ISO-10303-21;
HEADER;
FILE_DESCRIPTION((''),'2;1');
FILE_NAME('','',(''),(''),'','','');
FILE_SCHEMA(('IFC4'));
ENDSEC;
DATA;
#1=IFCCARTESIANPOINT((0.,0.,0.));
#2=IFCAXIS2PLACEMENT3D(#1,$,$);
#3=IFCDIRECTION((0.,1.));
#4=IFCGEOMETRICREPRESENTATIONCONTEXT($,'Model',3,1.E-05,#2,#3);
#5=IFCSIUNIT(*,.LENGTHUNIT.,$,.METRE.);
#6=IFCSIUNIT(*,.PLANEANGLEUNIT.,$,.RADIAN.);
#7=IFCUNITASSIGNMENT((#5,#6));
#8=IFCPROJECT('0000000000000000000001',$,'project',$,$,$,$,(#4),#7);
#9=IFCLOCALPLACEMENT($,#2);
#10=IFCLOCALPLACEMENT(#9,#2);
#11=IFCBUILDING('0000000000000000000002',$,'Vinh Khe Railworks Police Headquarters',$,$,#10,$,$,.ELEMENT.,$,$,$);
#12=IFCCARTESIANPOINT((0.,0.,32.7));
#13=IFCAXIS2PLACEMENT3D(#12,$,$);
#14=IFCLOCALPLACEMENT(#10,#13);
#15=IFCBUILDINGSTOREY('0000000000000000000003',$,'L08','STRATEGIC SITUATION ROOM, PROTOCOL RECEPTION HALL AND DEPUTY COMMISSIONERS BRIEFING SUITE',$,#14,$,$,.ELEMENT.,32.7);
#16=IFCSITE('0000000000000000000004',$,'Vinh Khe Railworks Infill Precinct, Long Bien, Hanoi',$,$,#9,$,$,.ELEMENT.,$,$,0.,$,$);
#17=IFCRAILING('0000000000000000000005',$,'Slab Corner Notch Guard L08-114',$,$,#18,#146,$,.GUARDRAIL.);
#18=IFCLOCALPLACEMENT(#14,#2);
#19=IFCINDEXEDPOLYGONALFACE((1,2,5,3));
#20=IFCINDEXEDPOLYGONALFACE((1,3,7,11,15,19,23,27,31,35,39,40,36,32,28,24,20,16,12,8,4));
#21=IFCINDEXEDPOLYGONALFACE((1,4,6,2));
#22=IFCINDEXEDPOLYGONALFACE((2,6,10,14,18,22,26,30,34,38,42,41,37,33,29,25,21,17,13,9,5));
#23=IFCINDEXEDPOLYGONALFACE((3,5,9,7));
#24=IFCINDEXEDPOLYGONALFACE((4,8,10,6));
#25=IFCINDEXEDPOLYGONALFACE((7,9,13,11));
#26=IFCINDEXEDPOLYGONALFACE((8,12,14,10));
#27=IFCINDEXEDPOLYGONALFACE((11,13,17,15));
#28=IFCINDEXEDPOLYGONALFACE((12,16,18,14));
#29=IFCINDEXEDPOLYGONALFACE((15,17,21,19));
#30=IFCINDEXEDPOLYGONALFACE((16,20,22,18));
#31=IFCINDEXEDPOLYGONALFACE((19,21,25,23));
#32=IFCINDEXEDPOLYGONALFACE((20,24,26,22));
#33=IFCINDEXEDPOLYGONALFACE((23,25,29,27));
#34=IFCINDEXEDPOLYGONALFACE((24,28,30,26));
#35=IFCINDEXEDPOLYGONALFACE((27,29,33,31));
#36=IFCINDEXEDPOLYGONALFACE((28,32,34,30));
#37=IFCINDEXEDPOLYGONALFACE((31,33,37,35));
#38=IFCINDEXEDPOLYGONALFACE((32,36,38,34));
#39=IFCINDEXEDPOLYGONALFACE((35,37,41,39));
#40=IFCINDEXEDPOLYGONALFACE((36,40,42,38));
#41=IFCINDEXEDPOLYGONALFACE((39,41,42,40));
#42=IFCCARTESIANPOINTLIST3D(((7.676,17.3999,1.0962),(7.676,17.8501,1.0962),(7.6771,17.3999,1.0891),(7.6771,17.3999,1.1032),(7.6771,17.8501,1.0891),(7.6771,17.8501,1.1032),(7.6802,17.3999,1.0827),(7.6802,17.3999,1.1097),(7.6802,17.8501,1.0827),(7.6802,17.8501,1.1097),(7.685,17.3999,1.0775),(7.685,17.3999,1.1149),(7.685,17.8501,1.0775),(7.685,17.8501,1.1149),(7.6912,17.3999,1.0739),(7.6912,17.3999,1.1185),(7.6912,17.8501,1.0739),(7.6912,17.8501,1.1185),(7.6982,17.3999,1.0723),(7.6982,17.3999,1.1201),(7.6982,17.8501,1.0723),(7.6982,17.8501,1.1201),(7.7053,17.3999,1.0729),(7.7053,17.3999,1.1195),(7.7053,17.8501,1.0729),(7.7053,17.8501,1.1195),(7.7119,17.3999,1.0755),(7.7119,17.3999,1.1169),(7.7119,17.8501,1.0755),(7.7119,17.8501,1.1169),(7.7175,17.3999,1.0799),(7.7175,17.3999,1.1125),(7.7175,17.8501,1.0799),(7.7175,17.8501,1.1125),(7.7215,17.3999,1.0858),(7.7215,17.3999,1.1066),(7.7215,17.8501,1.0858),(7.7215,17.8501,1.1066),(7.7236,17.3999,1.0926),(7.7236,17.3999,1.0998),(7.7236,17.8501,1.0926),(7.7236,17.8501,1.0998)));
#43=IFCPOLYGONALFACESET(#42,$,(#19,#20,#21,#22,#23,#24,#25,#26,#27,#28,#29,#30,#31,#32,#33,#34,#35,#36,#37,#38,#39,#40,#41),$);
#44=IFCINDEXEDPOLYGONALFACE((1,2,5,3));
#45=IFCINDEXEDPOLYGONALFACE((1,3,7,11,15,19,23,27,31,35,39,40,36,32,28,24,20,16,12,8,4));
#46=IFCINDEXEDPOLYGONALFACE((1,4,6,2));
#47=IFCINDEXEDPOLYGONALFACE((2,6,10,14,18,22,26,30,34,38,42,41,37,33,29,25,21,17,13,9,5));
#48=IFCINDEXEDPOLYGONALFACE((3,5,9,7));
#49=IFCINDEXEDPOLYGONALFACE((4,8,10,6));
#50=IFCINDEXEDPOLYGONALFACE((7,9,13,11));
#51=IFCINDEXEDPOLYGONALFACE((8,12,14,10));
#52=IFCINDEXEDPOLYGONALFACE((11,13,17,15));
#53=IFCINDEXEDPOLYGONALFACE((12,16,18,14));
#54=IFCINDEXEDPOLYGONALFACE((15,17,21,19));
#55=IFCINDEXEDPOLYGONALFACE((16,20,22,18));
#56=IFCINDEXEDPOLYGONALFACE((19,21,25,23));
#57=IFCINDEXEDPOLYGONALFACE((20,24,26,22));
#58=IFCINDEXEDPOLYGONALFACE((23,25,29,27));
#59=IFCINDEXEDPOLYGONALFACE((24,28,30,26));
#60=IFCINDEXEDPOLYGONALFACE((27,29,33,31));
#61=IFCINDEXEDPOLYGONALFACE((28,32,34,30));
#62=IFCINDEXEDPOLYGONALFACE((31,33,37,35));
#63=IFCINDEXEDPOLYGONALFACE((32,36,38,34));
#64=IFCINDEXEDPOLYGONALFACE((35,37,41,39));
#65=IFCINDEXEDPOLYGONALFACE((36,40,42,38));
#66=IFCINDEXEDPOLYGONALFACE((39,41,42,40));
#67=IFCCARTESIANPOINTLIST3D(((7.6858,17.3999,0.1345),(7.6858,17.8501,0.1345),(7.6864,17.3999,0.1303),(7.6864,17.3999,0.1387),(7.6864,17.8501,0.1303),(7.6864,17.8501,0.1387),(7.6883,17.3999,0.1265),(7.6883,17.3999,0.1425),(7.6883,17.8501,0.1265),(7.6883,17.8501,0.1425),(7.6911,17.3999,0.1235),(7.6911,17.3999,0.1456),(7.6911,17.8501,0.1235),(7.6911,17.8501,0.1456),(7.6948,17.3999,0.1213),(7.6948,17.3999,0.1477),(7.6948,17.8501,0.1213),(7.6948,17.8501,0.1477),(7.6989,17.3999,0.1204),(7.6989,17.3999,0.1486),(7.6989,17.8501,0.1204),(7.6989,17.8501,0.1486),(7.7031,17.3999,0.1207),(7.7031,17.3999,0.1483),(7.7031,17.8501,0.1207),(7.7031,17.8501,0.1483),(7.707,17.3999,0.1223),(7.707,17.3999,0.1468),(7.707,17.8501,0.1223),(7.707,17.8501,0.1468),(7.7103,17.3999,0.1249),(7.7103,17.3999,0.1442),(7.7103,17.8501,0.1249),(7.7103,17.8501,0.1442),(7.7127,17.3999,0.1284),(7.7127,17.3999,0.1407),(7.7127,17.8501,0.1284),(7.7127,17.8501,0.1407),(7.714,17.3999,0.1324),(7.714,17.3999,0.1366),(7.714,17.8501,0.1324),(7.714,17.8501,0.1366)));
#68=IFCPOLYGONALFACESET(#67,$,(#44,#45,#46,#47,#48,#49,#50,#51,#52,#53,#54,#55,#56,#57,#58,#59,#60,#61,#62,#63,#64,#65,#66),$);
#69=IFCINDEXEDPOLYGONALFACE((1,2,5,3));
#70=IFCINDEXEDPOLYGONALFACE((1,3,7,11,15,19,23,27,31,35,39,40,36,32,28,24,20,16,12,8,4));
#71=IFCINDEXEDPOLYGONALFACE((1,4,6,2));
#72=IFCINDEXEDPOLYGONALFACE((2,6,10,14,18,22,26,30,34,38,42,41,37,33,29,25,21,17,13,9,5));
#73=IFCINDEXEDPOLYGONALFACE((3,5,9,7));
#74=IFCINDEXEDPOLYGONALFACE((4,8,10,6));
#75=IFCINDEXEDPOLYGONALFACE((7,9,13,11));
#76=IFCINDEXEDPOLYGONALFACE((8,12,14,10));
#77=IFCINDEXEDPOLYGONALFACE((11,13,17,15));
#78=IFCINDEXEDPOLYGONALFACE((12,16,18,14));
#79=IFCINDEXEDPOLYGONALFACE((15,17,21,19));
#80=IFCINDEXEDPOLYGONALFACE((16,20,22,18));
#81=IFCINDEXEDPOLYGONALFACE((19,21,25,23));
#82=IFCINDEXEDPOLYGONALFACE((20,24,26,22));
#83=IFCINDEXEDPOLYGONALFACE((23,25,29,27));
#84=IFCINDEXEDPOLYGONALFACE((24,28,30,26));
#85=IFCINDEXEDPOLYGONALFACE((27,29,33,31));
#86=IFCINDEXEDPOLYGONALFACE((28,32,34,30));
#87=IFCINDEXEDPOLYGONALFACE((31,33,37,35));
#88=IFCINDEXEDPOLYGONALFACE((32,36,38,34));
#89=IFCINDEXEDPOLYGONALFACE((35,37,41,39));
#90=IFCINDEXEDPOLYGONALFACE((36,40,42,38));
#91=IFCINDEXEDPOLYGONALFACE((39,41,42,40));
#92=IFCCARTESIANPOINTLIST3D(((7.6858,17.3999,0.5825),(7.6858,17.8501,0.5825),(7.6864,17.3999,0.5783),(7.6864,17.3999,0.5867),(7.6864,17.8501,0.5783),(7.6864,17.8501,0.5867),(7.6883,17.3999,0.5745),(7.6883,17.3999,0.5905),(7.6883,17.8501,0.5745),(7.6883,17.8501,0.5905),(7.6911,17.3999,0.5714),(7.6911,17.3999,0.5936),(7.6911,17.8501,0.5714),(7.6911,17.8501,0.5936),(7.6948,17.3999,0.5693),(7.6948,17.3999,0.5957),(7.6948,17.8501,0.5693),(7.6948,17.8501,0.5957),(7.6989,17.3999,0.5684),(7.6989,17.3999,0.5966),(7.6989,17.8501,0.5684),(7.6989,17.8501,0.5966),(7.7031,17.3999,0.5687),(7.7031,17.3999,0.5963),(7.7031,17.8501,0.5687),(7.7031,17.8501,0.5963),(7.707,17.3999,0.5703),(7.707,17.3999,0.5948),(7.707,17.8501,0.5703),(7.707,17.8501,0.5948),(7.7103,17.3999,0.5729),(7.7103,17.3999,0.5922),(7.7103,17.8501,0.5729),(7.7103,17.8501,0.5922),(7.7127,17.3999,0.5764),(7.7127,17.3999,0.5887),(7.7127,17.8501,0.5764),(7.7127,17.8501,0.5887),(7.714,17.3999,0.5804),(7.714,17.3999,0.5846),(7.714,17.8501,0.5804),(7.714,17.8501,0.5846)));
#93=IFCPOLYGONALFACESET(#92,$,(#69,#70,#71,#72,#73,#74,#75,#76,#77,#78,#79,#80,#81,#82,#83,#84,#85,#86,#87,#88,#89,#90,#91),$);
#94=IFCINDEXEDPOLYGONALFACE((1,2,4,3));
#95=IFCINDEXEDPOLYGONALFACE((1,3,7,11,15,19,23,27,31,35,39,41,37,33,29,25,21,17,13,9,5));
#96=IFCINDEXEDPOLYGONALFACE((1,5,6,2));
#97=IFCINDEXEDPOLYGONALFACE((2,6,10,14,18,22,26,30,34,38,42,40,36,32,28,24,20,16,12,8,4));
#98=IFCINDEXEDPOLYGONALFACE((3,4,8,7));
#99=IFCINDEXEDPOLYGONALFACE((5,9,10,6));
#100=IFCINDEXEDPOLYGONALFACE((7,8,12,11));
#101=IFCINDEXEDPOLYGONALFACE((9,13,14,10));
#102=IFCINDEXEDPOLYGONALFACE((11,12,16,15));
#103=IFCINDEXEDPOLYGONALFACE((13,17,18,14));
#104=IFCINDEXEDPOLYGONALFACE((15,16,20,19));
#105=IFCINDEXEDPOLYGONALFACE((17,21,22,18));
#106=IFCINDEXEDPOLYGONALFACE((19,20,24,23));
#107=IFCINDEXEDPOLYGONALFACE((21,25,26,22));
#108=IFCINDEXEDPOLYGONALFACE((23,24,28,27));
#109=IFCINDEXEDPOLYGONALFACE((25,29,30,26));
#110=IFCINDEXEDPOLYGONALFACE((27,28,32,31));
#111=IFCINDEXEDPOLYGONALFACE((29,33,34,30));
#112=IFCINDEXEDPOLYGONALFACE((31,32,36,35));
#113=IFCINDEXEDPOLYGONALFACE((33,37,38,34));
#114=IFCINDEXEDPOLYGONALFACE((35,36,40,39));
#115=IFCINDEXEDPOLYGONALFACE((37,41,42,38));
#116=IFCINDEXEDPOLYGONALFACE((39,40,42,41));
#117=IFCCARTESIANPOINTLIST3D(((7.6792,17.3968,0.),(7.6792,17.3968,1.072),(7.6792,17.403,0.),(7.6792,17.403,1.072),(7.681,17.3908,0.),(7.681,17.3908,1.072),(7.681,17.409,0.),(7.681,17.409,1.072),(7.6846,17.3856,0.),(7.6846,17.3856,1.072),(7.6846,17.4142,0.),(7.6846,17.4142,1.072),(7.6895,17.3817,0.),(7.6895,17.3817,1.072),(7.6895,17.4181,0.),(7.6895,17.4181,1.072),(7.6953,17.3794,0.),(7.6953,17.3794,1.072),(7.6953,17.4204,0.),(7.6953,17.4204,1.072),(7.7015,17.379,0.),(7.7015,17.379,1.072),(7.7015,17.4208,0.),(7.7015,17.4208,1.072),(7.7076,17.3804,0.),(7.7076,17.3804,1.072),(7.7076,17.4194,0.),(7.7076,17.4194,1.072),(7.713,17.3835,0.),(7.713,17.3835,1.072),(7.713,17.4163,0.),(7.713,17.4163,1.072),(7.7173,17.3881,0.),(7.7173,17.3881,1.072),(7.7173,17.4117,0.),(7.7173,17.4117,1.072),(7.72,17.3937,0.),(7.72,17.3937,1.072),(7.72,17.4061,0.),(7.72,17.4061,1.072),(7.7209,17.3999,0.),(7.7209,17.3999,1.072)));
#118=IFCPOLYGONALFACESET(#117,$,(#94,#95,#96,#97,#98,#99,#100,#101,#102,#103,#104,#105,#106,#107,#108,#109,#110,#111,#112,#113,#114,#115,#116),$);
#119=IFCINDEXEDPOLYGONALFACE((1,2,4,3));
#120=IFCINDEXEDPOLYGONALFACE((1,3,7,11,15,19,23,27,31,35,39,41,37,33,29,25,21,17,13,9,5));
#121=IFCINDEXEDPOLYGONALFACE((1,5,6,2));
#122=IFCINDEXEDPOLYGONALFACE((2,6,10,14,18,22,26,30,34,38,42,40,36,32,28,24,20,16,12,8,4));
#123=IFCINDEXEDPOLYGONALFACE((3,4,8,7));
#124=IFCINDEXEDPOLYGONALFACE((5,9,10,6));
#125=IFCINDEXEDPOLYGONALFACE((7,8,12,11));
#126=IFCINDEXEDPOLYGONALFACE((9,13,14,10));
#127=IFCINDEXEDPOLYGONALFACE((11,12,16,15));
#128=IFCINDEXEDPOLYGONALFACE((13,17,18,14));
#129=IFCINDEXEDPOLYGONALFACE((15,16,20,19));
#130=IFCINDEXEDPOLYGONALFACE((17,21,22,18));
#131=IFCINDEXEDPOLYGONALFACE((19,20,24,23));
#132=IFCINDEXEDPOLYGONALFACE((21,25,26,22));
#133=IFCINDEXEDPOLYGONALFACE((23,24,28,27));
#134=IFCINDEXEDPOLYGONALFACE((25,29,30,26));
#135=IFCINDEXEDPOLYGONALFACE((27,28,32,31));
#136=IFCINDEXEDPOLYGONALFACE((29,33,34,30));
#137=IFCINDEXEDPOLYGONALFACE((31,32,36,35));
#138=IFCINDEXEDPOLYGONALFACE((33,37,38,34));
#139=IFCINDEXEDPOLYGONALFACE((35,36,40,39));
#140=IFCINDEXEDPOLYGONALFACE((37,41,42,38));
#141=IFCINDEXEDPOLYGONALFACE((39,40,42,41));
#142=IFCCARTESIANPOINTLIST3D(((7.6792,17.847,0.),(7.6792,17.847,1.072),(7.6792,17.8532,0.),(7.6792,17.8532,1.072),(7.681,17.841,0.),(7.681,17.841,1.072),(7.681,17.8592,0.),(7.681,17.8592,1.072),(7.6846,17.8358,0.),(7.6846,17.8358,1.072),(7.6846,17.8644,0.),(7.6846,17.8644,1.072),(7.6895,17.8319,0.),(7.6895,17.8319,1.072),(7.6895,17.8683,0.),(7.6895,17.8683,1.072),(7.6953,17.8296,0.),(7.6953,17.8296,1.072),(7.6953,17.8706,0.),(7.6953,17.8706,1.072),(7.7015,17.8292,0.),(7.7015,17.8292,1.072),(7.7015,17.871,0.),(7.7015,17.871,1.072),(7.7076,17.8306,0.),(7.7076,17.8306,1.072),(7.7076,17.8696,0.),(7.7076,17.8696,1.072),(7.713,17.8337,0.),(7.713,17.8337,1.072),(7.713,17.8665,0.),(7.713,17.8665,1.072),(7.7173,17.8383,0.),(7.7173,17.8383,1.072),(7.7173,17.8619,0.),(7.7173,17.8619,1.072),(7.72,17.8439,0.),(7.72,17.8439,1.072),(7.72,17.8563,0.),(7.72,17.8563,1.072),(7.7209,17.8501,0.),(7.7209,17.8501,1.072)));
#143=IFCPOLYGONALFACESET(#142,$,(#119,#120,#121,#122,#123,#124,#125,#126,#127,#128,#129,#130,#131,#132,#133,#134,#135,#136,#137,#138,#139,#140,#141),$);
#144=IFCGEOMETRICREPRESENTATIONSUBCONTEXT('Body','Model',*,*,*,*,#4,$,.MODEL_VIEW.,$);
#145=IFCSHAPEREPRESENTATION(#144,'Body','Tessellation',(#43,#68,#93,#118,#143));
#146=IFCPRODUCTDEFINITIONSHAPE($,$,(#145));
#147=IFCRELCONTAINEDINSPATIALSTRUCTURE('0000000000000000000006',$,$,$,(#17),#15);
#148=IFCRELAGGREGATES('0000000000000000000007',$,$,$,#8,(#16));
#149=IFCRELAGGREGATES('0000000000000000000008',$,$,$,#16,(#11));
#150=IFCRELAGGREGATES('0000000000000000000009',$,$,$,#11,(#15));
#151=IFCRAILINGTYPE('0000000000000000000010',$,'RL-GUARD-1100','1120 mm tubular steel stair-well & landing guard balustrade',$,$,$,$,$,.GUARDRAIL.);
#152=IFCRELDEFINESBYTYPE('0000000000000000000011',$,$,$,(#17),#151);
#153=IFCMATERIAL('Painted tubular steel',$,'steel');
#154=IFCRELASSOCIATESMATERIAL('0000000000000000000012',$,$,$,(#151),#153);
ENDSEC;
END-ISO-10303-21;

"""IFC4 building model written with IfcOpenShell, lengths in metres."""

from ifc_helpers import new_model, si_unit, direction, frame, origin, origin_2d, place, context, subcontext, project, spatial, circle, extrude, material, type_object, element, save


model = new_model("IFC4")

# Units and contexts
model_context = context("Model", 3, precision=1e-05, world=origin(), true_north=direction((0.0, 1.0)))
body_context = subcontext(model_context, "Body", "Model", "MODEL_VIEW")
ifc_project = project(units=[si_unit("LENGTHUNIT", "METRE"), si_unit("PLANEANGLEUNIT", "RADIAN")], contexts=[model_context])

# Site, building, storey
site_placement = place(None, origin())
site = spatial("IfcSite", under=ifc_project, at=site_placement, Name="Vinh Khe Railworks Infill Precinct, Long Bien, Hanoi", CompositionType="ELEMENT", RefElevation=0.0)
building_placement = place(site_placement, origin())
building = spatial("IfcBuilding", under=site, at=building_placement, Name="Vinh Khe Railworks Police Headquarters", CompositionType="ELEMENT")
storey_placement = place(building_placement, frame((0.0, 0.0, 32.7)))
storey = spatial("IfcBuildingStorey", under=building, at=storey_placement, Name="L08", Description="STRATEGIC SITUATION ROOM, PROTOCOL RECEPTION HALL AND DEPUTY COMMISSIONERS BRIEFING SUITE", CompositionType="ELEMENT", Elevation=32.7)

# Railing
ifc_material_1 = material(Name="Painted tubular steel", Category="steel")
railing_type_1 = type_object("IfcRailingType", Name="RL-GUARD-1100", Description="1120 mm tubular steel stair-well & landing guard balustrade", PredefinedType="GUARDRAIL", material=ifc_material_1)
railing_1_placement = place(storey_placement, frame((7.7, 17.3999, 0.0)))
element("IfcRailing", 1, at=railing_1_placement, inside=storey, type_object=railing_type_1, Name="Slab Corner Notch Guard L08-114", PredefinedType="GUARDRAIL", context=body_context, shape_type="SweptSolid", body=[
    extrude(circle(Radius=0.0239, at=origin_2d()), frame((0.0, 0.0, 1.0962), z_axis=(0.0, 1.0, 0.0), x_axis=(-1.0, 0.0, 0.0)), (0.0, 0.0, 1.0), 0.4502),
    extrude(circle(Radius=0.0142, at=origin_2d()), frame((0.0, 0.0, 0.1345), z_axis=(0.0, 1.0, 0.0), x_axis=(-1.0, 0.0, 0.0)), (0.0, 0.0, 1.0), 0.4502),
    extrude(circle(Radius=0.0142, at=origin_2d()), frame((0.0, 0.0, 0.5825), z_axis=(0.0, 1.0, 0.0), x_axis=(-1.0, 0.0, 0.0)), (0.0, 0.0, 1.0), 0.4502),
    extrude(circle(Radius=0.021, at=origin_2d()), origin(), (0.0, 0.0, 1.0), 1.072),
    extrude(circle(Radius=0.021, at=origin_2d()), frame((0.0, 0.4502, 0.0)), (0.0, 0.0, 1.0), 1.072),
])

save(model, "model.ifc")
